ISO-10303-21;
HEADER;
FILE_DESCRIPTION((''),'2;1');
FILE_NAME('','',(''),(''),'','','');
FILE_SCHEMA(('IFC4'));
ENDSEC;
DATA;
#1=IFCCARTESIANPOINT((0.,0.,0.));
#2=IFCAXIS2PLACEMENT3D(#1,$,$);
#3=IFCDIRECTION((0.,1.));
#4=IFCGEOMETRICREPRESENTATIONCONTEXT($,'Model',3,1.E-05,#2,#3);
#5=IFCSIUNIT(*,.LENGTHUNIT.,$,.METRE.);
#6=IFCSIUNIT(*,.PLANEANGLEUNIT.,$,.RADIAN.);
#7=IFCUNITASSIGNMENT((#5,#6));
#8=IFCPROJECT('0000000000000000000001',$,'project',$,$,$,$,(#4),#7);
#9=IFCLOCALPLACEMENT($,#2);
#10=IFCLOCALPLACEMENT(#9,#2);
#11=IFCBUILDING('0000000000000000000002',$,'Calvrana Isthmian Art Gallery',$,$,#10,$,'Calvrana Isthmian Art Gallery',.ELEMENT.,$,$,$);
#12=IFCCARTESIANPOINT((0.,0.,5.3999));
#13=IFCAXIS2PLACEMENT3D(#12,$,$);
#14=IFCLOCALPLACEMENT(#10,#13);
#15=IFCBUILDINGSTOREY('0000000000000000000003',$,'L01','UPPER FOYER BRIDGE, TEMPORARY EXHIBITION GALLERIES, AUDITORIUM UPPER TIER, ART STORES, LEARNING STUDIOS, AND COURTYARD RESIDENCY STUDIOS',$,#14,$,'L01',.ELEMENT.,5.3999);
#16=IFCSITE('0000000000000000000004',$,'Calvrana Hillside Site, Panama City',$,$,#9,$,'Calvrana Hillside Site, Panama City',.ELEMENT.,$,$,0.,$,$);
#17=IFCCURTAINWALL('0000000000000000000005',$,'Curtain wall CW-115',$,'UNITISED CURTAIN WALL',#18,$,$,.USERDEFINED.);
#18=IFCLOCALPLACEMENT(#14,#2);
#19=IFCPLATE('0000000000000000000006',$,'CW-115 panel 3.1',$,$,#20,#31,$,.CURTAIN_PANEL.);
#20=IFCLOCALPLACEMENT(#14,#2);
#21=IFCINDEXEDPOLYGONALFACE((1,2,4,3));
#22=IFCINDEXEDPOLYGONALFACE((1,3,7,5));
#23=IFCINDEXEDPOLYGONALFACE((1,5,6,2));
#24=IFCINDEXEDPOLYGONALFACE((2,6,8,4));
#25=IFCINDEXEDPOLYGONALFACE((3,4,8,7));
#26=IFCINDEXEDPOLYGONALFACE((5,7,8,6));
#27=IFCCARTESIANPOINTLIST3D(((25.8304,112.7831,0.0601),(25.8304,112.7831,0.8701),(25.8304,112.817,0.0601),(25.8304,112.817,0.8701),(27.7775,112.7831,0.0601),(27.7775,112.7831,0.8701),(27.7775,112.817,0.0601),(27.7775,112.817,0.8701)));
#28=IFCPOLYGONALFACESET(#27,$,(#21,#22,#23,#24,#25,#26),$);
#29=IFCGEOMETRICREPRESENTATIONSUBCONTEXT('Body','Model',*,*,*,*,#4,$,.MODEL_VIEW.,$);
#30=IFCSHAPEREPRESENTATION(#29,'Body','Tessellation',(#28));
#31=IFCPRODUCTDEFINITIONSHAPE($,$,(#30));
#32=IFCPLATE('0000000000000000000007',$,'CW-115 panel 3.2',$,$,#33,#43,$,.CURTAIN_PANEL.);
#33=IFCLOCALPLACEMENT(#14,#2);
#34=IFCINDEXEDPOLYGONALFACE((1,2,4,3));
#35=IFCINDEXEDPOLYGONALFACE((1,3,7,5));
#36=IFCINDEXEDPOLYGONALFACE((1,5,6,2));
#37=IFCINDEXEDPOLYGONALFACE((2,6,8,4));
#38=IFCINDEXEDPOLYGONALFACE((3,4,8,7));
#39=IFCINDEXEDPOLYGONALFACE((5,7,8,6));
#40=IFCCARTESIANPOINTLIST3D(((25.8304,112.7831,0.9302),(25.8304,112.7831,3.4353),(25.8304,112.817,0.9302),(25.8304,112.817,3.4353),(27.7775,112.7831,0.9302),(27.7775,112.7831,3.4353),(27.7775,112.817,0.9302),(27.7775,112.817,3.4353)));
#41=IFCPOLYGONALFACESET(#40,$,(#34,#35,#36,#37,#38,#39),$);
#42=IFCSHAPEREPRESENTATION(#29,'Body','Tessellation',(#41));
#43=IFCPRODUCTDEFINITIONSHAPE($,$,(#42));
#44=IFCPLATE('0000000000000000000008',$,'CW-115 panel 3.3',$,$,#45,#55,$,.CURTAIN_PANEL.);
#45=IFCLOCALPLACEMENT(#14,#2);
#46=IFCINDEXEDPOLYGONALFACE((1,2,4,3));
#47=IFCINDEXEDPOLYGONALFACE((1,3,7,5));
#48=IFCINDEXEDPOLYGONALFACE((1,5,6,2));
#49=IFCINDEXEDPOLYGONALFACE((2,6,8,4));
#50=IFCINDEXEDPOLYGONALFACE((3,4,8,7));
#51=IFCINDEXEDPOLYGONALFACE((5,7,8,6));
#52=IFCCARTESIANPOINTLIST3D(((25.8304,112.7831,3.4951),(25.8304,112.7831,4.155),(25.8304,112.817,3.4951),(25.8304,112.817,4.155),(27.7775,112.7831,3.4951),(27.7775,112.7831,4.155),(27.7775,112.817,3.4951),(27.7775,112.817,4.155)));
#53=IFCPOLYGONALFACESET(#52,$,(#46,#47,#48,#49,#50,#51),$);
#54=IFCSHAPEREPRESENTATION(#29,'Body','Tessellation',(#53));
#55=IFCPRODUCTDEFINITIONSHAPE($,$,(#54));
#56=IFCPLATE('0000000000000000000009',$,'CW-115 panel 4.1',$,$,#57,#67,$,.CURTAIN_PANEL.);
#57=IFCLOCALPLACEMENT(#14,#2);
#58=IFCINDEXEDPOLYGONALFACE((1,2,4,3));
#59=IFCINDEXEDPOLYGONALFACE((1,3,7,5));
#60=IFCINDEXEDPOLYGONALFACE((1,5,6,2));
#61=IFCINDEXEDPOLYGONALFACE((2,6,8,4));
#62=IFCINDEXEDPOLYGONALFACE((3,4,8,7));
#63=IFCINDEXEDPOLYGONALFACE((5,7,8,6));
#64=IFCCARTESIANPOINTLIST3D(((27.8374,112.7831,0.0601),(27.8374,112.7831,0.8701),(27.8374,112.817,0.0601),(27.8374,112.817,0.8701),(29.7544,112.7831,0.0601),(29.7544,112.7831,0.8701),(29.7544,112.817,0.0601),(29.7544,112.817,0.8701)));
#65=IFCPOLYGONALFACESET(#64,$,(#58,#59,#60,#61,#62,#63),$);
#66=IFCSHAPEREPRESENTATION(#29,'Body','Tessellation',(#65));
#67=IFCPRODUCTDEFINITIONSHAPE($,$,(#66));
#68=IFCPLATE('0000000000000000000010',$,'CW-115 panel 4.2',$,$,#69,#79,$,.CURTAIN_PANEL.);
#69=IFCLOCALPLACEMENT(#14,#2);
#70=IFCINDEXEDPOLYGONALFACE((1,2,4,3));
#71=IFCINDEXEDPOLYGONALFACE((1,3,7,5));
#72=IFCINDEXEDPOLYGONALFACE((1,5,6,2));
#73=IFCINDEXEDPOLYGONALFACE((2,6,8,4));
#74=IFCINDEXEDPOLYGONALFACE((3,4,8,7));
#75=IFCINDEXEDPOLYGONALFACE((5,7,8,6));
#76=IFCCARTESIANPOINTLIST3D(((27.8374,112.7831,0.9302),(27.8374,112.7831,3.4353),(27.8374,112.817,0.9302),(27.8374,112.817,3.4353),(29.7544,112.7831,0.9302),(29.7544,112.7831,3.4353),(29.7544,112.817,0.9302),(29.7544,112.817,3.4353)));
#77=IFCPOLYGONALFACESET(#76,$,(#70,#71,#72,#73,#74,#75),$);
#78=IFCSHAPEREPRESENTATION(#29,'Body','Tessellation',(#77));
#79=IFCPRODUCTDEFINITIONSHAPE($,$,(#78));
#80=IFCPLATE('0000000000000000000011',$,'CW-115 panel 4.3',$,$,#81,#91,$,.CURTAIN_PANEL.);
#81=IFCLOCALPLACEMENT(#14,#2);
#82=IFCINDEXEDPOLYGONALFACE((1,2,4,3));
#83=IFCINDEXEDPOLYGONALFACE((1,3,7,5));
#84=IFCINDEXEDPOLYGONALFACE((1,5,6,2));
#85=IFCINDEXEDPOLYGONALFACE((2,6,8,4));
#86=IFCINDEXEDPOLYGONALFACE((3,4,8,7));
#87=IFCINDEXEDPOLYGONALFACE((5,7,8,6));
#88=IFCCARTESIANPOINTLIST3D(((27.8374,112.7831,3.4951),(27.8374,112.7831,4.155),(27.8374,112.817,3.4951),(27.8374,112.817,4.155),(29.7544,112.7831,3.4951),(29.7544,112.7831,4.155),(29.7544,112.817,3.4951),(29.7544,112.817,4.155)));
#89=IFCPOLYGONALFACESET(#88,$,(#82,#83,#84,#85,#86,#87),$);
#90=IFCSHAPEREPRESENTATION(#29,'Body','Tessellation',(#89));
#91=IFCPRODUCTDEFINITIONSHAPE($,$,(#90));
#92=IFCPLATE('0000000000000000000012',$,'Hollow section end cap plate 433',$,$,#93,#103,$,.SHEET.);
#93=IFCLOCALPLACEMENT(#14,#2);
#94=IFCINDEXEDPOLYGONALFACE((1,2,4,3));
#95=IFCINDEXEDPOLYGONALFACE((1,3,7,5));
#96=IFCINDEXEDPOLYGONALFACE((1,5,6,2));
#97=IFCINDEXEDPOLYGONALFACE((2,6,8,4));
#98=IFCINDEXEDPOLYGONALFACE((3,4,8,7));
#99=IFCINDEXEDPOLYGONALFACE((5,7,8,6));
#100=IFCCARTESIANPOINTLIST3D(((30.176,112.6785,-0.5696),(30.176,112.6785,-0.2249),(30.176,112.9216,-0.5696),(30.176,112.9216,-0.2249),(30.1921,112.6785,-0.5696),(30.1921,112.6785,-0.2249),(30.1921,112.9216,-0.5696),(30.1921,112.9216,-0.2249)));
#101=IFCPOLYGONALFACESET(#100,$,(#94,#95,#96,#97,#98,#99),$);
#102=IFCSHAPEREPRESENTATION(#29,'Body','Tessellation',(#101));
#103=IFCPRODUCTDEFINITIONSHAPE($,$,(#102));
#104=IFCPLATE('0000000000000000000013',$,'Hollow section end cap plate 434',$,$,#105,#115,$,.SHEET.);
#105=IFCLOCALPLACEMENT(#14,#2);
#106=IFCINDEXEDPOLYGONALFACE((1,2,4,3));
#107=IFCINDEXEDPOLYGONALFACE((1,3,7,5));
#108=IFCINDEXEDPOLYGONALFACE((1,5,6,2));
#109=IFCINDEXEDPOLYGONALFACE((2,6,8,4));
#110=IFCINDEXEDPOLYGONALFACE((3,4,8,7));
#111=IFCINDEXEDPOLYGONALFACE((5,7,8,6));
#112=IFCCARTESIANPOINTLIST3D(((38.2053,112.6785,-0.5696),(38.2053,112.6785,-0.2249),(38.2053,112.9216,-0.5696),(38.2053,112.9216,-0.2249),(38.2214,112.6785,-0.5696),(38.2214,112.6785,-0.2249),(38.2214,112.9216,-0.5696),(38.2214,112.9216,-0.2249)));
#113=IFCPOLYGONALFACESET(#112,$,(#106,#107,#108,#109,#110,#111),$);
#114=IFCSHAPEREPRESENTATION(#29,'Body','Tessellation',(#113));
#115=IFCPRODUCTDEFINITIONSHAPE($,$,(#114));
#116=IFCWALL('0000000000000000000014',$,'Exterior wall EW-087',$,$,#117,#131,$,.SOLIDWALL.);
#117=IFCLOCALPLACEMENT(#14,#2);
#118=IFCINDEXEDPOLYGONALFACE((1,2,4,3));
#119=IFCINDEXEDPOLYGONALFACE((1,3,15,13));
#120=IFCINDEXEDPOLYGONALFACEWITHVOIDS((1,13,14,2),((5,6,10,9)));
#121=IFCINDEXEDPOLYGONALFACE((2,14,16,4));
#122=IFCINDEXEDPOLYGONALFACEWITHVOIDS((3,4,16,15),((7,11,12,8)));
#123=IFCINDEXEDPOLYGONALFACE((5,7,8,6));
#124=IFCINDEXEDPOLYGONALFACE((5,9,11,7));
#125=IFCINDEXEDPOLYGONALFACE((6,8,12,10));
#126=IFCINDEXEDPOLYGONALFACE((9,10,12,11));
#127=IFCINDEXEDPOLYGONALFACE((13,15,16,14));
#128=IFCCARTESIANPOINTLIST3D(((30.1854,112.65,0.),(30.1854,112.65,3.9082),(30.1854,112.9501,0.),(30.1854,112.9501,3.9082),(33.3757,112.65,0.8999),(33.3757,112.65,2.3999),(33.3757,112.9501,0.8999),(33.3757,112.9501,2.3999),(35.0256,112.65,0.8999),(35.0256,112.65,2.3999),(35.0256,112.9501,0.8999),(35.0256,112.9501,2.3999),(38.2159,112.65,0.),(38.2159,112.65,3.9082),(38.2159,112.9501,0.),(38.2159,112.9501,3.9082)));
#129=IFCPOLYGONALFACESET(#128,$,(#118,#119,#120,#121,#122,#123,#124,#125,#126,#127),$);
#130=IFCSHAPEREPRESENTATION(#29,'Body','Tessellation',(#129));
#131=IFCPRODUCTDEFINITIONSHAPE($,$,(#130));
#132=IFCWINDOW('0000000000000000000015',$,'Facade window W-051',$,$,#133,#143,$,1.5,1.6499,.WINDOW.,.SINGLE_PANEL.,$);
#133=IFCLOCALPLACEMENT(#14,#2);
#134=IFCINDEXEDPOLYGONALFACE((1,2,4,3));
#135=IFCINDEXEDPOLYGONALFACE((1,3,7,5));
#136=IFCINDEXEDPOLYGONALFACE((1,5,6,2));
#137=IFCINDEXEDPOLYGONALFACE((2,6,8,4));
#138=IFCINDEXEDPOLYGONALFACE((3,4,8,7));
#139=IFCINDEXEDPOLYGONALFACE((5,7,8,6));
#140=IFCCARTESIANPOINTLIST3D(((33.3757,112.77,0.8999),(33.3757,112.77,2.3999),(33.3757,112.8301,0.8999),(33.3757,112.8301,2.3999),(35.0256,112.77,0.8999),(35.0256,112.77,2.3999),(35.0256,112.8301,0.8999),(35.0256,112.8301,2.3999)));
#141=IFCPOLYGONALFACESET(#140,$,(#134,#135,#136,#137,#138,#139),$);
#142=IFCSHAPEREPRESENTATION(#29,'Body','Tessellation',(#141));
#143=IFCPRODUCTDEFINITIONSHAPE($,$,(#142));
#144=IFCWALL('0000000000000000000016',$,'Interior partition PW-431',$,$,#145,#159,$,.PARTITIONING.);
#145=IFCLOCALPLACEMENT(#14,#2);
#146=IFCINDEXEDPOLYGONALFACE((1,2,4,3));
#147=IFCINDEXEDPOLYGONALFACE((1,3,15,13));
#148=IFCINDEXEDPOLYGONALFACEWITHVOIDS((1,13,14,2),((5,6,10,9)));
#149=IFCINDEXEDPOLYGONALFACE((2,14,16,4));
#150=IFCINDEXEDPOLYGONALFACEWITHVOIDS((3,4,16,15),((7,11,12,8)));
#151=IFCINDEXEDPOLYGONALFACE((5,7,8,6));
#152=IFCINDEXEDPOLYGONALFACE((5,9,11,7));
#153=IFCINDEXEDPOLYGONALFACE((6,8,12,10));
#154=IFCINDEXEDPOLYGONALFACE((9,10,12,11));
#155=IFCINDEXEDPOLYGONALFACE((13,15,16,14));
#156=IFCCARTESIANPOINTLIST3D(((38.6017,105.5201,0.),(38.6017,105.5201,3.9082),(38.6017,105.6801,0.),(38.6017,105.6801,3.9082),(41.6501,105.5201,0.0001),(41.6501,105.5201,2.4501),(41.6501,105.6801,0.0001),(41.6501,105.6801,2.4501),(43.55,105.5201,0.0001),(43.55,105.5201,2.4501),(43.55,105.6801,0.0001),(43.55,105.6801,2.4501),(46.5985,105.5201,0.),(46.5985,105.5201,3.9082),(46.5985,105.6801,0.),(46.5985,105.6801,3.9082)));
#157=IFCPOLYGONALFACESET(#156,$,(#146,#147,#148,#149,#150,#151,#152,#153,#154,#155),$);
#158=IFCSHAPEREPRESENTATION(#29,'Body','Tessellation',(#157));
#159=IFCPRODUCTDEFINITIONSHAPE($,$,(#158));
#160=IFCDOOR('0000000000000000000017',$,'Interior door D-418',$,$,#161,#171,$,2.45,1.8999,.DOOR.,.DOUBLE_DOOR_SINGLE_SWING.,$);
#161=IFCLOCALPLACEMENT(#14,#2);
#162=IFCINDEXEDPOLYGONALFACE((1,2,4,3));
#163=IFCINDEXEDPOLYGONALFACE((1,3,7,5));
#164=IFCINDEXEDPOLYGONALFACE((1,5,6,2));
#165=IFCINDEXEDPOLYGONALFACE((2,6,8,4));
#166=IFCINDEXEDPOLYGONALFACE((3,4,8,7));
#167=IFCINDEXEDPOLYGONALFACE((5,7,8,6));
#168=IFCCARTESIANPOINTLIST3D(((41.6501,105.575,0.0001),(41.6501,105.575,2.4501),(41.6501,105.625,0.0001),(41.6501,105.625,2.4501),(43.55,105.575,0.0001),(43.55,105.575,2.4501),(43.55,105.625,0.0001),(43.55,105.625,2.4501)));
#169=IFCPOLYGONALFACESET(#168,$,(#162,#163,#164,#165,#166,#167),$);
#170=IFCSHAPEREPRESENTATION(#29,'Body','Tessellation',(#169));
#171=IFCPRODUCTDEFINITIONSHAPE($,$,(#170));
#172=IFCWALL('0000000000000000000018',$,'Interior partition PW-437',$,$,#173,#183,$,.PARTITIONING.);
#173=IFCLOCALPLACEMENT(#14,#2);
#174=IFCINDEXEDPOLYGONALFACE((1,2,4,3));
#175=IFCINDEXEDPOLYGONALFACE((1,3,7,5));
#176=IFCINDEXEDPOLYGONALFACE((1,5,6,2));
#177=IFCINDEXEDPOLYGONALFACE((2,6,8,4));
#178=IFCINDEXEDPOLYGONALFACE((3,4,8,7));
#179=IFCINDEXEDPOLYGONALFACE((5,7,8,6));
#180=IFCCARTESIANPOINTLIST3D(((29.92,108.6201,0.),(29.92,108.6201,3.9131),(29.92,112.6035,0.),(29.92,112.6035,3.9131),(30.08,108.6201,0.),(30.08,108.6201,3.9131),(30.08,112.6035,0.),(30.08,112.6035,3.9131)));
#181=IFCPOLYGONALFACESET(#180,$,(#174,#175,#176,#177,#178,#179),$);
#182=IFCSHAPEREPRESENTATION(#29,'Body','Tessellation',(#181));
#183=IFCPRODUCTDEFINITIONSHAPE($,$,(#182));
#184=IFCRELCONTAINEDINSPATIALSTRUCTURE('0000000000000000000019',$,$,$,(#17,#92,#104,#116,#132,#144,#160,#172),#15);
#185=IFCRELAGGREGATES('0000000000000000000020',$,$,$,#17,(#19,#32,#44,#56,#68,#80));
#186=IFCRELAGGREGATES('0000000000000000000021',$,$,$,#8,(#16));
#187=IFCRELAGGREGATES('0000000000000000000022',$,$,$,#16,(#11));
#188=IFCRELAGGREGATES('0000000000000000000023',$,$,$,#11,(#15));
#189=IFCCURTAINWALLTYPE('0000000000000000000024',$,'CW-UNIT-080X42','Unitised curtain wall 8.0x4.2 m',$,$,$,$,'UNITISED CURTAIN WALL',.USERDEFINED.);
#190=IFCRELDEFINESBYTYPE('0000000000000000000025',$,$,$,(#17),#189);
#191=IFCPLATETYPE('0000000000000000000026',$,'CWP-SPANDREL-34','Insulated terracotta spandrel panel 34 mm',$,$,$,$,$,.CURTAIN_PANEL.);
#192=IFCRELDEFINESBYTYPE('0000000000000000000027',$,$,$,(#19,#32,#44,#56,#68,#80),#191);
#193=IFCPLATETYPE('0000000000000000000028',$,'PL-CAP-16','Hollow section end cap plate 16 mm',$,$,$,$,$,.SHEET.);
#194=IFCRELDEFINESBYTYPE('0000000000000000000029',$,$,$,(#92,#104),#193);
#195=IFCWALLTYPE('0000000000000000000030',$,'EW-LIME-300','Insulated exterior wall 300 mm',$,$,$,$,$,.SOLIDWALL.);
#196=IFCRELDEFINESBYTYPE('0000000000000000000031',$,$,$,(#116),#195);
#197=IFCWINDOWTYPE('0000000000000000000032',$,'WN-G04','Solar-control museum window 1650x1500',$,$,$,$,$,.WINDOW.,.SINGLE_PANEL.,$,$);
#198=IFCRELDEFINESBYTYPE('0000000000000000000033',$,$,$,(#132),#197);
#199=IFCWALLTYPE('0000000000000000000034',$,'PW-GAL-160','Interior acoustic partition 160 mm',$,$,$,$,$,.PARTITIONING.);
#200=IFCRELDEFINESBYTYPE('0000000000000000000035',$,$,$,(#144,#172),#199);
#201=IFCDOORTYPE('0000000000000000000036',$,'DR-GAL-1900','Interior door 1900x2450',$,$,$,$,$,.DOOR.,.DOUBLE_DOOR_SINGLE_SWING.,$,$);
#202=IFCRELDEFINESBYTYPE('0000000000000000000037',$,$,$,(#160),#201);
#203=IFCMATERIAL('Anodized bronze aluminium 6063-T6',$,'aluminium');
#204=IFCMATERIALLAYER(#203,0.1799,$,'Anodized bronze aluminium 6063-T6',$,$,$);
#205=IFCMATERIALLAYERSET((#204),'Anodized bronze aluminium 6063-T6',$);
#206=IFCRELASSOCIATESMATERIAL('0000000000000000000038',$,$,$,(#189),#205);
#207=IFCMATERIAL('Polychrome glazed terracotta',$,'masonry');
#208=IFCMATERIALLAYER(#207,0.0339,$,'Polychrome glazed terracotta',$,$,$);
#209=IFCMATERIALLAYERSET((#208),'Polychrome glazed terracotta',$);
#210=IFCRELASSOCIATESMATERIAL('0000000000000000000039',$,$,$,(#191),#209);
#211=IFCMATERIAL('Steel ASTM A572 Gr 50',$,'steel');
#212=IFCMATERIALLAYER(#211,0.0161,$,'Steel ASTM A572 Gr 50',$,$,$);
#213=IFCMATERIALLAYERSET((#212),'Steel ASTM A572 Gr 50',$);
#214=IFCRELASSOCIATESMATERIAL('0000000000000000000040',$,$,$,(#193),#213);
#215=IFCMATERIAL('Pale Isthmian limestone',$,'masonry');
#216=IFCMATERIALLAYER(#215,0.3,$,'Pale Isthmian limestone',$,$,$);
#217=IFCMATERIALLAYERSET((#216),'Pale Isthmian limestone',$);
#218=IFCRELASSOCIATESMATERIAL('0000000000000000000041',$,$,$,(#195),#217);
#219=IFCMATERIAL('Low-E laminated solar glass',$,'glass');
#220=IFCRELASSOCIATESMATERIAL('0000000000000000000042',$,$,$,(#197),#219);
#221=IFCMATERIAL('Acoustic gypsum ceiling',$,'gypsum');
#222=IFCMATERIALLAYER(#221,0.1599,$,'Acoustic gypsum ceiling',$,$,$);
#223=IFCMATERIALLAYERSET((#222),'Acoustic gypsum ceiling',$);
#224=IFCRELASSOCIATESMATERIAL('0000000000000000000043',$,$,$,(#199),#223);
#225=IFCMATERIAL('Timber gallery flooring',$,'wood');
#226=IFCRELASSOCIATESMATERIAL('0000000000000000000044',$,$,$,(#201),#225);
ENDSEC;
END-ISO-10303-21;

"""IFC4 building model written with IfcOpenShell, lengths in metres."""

from ifc_helpers import new_model, si_unit, direction, frame, frame_2d, origin, origin_2d, place, context, subcontext, project, spatial, rectangle, extrude, material, layer, layer_set, type_object, element, fill, aggregate, save


model = new_model("IFC4")

# Units and contexts
model_context = context("Model", 3, precision=1e-05, world=origin(), true_north=direction((0.0, 1.0)))
body_context = subcontext(model_context, "Body", "Model", "MODEL_VIEW")
ifc_project = project(units=[si_unit("LENGTHUNIT", "METRE"), si_unit("PLANEANGLEUNIT", "RADIAN")], contexts=[model_context])

# Site, building, storey
site_placement = place(None, origin())
site = spatial("IfcSite", under=ifc_project, at=site_placement, Name="Calvrana Hillside Site, Panama City", LongName="Calvrana Hillside Site, Panama City", CompositionType="ELEMENT", RefElevation=0.0)
building_placement = place(site_placement, origin())
building = spatial("IfcBuilding", under=site, at=building_placement, Name="Calvrana Isthmian Art Gallery", LongName="Calvrana Isthmian Art Gallery", CompositionType="ELEMENT")
storey_placement = place(building_placement, frame((0.0, 0.0, 5.3999)))
storey = spatial("IfcBuildingStorey", under=building, at=storey_placement, Name="L01", Description="UPPER FOYER BRIDGE, TEMPORARY EXHIBITION GALLERIES, AUDITORIUM UPPER TIER, ART STORES, LEARNING STUDIOS, AND COURTYARD RESIDENCY STUDIOS", LongName="L01", CompositionType="ELEMENT", Elevation=5.3999)

# Curtain wall, plates
ifc_material_1 = material(Name="Anodized bronze aluminium 6063-T6", Category="aluminium")
ifc_layer_1 = layer(ifc_material_1, 0.1799, Name="Anodized bronze aluminium 6063-T6")
ifc_layer_set_1 = layer_set([ifc_layer_1], Name="Anodized bronze aluminium 6063-T6")
curtain_wall_type = type_object("IfcCurtainWallType", Name="CW-UNIT-080X42", Description="Unitised curtain wall 8.0x4.2 m", ElementType="UNITISED CURTAIN WALL", PredefinedType="USERDEFINED", material=ifc_layer_set_1)
curtain_wall_placement = place(storey_placement, origin())
curtain_wall = element("IfcCurtainWall", 1, at=curtain_wall_placement, inside=storey, type_object=curtain_wall_type, Name="Curtain wall CW-115", ObjectType="UNITISED CURTAIN WALL", PredefinedType="USERDEFINED")
ifc_material_2 = material(Name="Polychrome glazed terracotta", Category="masonry")
ifc_layer_2 = layer(ifc_material_2, 0.0339, Name="Polychrome glazed terracotta")
ifc_layer_set_2 = layer_set([ifc_layer_2], Name="Polychrome glazed terracotta")
plate_type_1 = type_object("IfcPlateType", Name="CWP-SPANDREL-34", Description="Insulated terracotta spandrel panel 34 mm", PredefinedType="CURTAIN_PANEL", material=ifc_layer_set_2)
plate_1_placement = place(storey_placement, frame((26.804, 112.8, 0.0601), z_axis=(0.0, 0.0, 1.0), x_axis=(1.0, 0.0, 0.0)))
plate_1 = element("IfcPlate", 2, at=plate_1_placement, type_object=plate_type_1, Name="CW-115 panel 3.1", PredefinedType="CURTAIN_PANEL", context=body_context, shape_type="SweptSolid", body=[
    extrude(rectangle(XDim=1.947, YDim=0.0339, at=origin_2d()), origin(), (0.0, 0.0, 1.0), 0.8101),
])
plate_2_placement = place(storey_placement, frame((26.804, 112.8, 0.9302), z_axis=(0.0, 0.0, 1.0), x_axis=(1.0, 0.0, 0.0)))
plate_2 = element("IfcPlate", 3, at=plate_2_placement, type_object=plate_type_1, Name="CW-115 panel 3.2", PredefinedType="CURTAIN_PANEL", context=body_context, shape_type="SweptSolid", body=[
    extrude(rectangle(XDim=1.947, YDim=0.0339, at=origin_2d()), origin(), (0.0, 0.0, 1.0), 2.5051),
])
plate_3_placement = place(storey_placement, frame((26.804, 112.8, 3.4951), z_axis=(0.0, 0.0, 1.0), x_axis=(1.0, 0.0, 0.0)))
plate_3 = element("IfcPlate", 4, at=plate_3_placement, type_object=plate_type_1, Name="CW-115 panel 3.3", PredefinedType="CURTAIN_PANEL", context=body_context, shape_type="SweptSolid", body=[
    extrude(rectangle(XDim=1.947, YDim=0.0339, at=origin_2d()), origin(), (0.0, 0.0, 1.0), 0.6599),
])
plate_4_placement = place(storey_placement, frame((28.7959, 112.8, 0.0601), z_axis=(0.0, 0.0, 1.0), x_axis=(1.0, 0.0, 0.0)))
plate_4 = element("IfcPlate", 5, at=plate_4_placement, type_object=plate_type_1, Name="CW-115 panel 4.1", PredefinedType="CURTAIN_PANEL", context=body_context, shape_type="SweptSolid", body=[
    extrude(rectangle(XDim=1.917, YDim=0.0339, at=origin_2d()), origin(), (0.0, 0.0, 1.0), 0.8101),
])
plate_5_placement = place(storey_placement, frame((28.7959, 112.8, 0.9302), z_axis=(0.0, 0.0, 1.0), x_axis=(1.0, 0.0, 0.0)))
plate_5 = element("IfcPlate", 6, at=plate_5_placement, type_object=plate_type_1, Name="CW-115 panel 4.2", PredefinedType="CURTAIN_PANEL", context=body_context, shape_type="SweptSolid", body=[
    extrude(rectangle(XDim=1.917, YDim=0.0339, at=origin_2d()), origin(), (0.0, 0.0, 1.0), 2.5051),
])
plate_6_placement = place(storey_placement, frame((28.7959, 112.8, 3.4951), z_axis=(0.0, 0.0, 1.0), x_axis=(1.0, 0.0, 0.0)))
plate_6 = element("IfcPlate", 7, at=plate_6_placement, type_object=plate_type_1, Name="CW-115 panel 4.3", PredefinedType="CURTAIN_PANEL", context=body_context, shape_type="SweptSolid", body=[
    extrude(rectangle(XDim=1.917, YDim=0.0339, at=origin_2d()), origin(), (0.0, 0.0, 1.0), 0.6599),
])
aggregate(curtain_wall, [plate_1, plate_2, plate_3, plate_4, plate_5, plate_6])

# Plates
ifc_material_3 = material(Name="Steel ASTM A572 Gr 50", Category="steel")
ifc_layer_3 = layer(ifc_material_3, 0.0161, Name="Steel ASTM A572 Gr 50")
ifc_layer_set_3 = layer_set([ifc_layer_3], Name="Steel ASTM A572 Gr 50")
plate_type_2 = type_object("IfcPlateType", Name="PL-CAP-16", Description="Hollow section end cap plate 16 mm", PredefinedType="SHEET", material=ifc_layer_set_3)
for number, where, z_axis, x_axis, name in (
    (8, (30.1841, 112.8, -0.5696), (0.0, 0.0, 1.0), (1.0, 0.0, 0.0), "Hollow section end cap plate 433"),
    (9, (38.2134, 112.8, -0.5696), (0.0, 0.0, 1.0), (1.0, 0.0, 0.0), "Hollow section end cap plate 434"),
):
    element("IfcPlate", number, at=place(storey_placement, frame(where, z_axis=z_axis, x_axis=x_axis)), inside=storey, type_object=plate_type_2, Name=name, PredefinedType="SHEET", context=body_context, shape_type="SweptSolid", body=[
        extrude(rectangle(XDim=0.0161, YDim=0.2432, at=origin_2d()), origin(), (0.0, 0.0, 1.0), 0.3447),
    ])

# Wall, opening, window
ifc_material_4 = material(Name="Pale Isthmian limestone", Category="masonry")
ifc_layer_4 = layer(ifc_material_4, 0.3, Name="Pale Isthmian limestone")
ifc_layer_set_4 = layer_set([ifc_layer_4], Name="Pale Isthmian limestone")
wall_type_1 = type_object("IfcWallType", Name="EW-LIME-300", Description="Insulated exterior wall 300 mm", PredefinedType="SOLIDWALL", material=ifc_layer_set_4)
wall_1_placement = place(storey_placement, frame((30.1855, 112.8, 0.0), z_axis=(0.0, 0.0, 1.0), x_axis=(1.0, 0.0, 0.0)))
wall_1 = element("IfcWall", 10, at=wall_1_placement, inside=storey, type_object=wall_type_1, Name="Exterior wall EW-087", PredefinedType="SOLIDWALL", context=body_context, shape_type="SweptSolid", body=[
    extrude(rectangle(XDim=8.0305, YDim=0.3, at=frame_2d((4.0151, 0.0))), origin(), (0.0, 0.0, 1.0), 3.9082),
])
opening_1_placement = place(wall_1_placement, frame((3.1902, 0.0, 0.8999)))
opening_1 = element("IfcOpeningElement", 11, at=opening_1_placement, cuts=wall_1, PredefinedType="OPENING", context=body_context, shape_type="SweptSolid", body=[
    extrude(rectangle(XDim=1.6499, YDim=1.5, at=frame_2d((0.825, 0.75))), frame((0.0, 0.1602, 0.0), z_axis=(0.0, -1.0, 0.0), x_axis=(1.0, 0.0, 0.0)), (0.0, 0.0, 1.0), 0.3206),
])
ifc_material_5 = material(Name="Low-E laminated solar glass", Category="glass")
window_type = type_object("IfcWindowType", Name="WN-G04", Description="Solar-control museum window 1650x1500", PartitioningType="SINGLE_PANEL", PredefinedType="WINDOW", material=ifc_material_5)
window_placement = place(opening_1_placement, origin())
window = element("IfcWindow", 12, at=window_placement, inside=storey, type_object=window_type, Name="Facade window W-051", OverallHeight=1.5, OverallWidth=1.6499, PartitioningType="SINGLE_PANEL", PredefinedType="WINDOW", context=body_context, shape_type="SweptSolid", body=[
    extrude(rectangle(XDim=1.6499, YDim=1.5, at=frame_2d((0.825, 0.75))), frame((0.0, 0.03, 0.0), z_axis=(0.0, -1.0, 0.0), x_axis=(1.0, 0.0, 0.0)), (0.0, 0.0, 1.0), 0.0601),
])
fill(opening_1, window)

# Wall, opening, door
ifc_material_6 = material(Name="Acoustic gypsum ceiling", Category="gypsum")
ifc_layer_5 = layer(ifc_material_6, 0.1599, Name="Acoustic gypsum ceiling")
ifc_layer_set_5 = layer_set([ifc_layer_5], Name="Acoustic gypsum ceiling")
wall_type_2 = type_object("IfcWallType", Name="PW-GAL-160", Description="Interior acoustic partition 160 mm", PredefinedType="PARTITIONING", material=ifc_layer_set_5)
wall_2_placement = place(storey_placement, frame((38.6016, 105.6001, 0.0), z_axis=(0.0, 0.0, 1.0), x_axis=(1.0, 0.0, 0.0)))
wall_2 = element("IfcWall", 13, at=wall_2_placement, inside=storey, type_object=wall_type_2, Name="Interior partition PW-431", PredefinedType="PARTITIONING", context=body_context, shape_type="SweptSolid", body=[
    extrude(rectangle(XDim=7.9968, YDim=0.1599, at=frame_2d((3.9985, 0.0))), origin(), (0.0, 0.0, 1.0), 3.9082),
])
opening_2_placement = place(wall_2_placement, frame((3.0486, 0.0, 0.0)))
opening_2 = element("IfcOpeningElement", 14, at=opening_2_placement, cuts=wall_2, PredefinedType="OPENING", context=body_context, shape_type="SweptSolid", body=[
    extrude(rectangle(XDim=1.8999, YDim=2.45, at=frame_2d((0.95, 1.2251))), frame((0.0, 0.0903, 0.0), z_axis=(0.0, -1.0, 0.0), x_axis=(1.0, 0.0, 0.0)), (0.0, 0.0, 1.0), 0.1804),
])
ifc_material_7 = material(Name="Timber gallery flooring", Category="wood")
door_type_1 = type_object("IfcDoorType", Name="DR-GAL-1900", Description="Interior door 1900x2450", OperationType="DOUBLE_DOOR_SINGLE_SWING", PredefinedType="DOOR", material=ifc_material_7)
door_1_placement = place(opening_2_placement, origin())
door_1 = element("IfcDoor", 15, at=door_1_placement, inside=storey, type_object=door_type_1, Name="Interior door D-418", OperationType="DOUBLE_DOOR_SINGLE_SWING", OverallHeight=2.45, OverallWidth=1.8999, PredefinedType="DOOR", context=body_context, shape_type="SweptSolid", body=[
    extrude(rectangle(XDim=1.8999, YDim=2.45, at=frame_2d((0.95, 1.2251))), frame((0.0, 0.0249, 0.0), z_axis=(0.0, -1.0, 0.0), x_axis=(1.0, 0.0, 0.0)), (0.0, 0.0, 1.0), 0.05),
])
fill(opening_2, door_1)

# Wall
wall_3_placement = place(storey_placement, frame((30.0, 108.6201, 0.0), z_axis=(0.0, 0.0, 1.0), x_axis=(0.0, 1.0, 0.0)))
element("IfcWall", 16, at=wall_3_placement, inside=storey, type_object=wall_type_2, Name="Interior partition PW-437", PredefinedType="PARTITIONING", context=body_context, shape_type="SweptSolid", body=[
    extrude(rectangle(XDim=3.9834, YDim=0.1599, at=frame_2d((1.9917, 0.0))), origin(), (0.0, 0.0, 1.0), 3.9131),
])

save(model, "model.ifc")
